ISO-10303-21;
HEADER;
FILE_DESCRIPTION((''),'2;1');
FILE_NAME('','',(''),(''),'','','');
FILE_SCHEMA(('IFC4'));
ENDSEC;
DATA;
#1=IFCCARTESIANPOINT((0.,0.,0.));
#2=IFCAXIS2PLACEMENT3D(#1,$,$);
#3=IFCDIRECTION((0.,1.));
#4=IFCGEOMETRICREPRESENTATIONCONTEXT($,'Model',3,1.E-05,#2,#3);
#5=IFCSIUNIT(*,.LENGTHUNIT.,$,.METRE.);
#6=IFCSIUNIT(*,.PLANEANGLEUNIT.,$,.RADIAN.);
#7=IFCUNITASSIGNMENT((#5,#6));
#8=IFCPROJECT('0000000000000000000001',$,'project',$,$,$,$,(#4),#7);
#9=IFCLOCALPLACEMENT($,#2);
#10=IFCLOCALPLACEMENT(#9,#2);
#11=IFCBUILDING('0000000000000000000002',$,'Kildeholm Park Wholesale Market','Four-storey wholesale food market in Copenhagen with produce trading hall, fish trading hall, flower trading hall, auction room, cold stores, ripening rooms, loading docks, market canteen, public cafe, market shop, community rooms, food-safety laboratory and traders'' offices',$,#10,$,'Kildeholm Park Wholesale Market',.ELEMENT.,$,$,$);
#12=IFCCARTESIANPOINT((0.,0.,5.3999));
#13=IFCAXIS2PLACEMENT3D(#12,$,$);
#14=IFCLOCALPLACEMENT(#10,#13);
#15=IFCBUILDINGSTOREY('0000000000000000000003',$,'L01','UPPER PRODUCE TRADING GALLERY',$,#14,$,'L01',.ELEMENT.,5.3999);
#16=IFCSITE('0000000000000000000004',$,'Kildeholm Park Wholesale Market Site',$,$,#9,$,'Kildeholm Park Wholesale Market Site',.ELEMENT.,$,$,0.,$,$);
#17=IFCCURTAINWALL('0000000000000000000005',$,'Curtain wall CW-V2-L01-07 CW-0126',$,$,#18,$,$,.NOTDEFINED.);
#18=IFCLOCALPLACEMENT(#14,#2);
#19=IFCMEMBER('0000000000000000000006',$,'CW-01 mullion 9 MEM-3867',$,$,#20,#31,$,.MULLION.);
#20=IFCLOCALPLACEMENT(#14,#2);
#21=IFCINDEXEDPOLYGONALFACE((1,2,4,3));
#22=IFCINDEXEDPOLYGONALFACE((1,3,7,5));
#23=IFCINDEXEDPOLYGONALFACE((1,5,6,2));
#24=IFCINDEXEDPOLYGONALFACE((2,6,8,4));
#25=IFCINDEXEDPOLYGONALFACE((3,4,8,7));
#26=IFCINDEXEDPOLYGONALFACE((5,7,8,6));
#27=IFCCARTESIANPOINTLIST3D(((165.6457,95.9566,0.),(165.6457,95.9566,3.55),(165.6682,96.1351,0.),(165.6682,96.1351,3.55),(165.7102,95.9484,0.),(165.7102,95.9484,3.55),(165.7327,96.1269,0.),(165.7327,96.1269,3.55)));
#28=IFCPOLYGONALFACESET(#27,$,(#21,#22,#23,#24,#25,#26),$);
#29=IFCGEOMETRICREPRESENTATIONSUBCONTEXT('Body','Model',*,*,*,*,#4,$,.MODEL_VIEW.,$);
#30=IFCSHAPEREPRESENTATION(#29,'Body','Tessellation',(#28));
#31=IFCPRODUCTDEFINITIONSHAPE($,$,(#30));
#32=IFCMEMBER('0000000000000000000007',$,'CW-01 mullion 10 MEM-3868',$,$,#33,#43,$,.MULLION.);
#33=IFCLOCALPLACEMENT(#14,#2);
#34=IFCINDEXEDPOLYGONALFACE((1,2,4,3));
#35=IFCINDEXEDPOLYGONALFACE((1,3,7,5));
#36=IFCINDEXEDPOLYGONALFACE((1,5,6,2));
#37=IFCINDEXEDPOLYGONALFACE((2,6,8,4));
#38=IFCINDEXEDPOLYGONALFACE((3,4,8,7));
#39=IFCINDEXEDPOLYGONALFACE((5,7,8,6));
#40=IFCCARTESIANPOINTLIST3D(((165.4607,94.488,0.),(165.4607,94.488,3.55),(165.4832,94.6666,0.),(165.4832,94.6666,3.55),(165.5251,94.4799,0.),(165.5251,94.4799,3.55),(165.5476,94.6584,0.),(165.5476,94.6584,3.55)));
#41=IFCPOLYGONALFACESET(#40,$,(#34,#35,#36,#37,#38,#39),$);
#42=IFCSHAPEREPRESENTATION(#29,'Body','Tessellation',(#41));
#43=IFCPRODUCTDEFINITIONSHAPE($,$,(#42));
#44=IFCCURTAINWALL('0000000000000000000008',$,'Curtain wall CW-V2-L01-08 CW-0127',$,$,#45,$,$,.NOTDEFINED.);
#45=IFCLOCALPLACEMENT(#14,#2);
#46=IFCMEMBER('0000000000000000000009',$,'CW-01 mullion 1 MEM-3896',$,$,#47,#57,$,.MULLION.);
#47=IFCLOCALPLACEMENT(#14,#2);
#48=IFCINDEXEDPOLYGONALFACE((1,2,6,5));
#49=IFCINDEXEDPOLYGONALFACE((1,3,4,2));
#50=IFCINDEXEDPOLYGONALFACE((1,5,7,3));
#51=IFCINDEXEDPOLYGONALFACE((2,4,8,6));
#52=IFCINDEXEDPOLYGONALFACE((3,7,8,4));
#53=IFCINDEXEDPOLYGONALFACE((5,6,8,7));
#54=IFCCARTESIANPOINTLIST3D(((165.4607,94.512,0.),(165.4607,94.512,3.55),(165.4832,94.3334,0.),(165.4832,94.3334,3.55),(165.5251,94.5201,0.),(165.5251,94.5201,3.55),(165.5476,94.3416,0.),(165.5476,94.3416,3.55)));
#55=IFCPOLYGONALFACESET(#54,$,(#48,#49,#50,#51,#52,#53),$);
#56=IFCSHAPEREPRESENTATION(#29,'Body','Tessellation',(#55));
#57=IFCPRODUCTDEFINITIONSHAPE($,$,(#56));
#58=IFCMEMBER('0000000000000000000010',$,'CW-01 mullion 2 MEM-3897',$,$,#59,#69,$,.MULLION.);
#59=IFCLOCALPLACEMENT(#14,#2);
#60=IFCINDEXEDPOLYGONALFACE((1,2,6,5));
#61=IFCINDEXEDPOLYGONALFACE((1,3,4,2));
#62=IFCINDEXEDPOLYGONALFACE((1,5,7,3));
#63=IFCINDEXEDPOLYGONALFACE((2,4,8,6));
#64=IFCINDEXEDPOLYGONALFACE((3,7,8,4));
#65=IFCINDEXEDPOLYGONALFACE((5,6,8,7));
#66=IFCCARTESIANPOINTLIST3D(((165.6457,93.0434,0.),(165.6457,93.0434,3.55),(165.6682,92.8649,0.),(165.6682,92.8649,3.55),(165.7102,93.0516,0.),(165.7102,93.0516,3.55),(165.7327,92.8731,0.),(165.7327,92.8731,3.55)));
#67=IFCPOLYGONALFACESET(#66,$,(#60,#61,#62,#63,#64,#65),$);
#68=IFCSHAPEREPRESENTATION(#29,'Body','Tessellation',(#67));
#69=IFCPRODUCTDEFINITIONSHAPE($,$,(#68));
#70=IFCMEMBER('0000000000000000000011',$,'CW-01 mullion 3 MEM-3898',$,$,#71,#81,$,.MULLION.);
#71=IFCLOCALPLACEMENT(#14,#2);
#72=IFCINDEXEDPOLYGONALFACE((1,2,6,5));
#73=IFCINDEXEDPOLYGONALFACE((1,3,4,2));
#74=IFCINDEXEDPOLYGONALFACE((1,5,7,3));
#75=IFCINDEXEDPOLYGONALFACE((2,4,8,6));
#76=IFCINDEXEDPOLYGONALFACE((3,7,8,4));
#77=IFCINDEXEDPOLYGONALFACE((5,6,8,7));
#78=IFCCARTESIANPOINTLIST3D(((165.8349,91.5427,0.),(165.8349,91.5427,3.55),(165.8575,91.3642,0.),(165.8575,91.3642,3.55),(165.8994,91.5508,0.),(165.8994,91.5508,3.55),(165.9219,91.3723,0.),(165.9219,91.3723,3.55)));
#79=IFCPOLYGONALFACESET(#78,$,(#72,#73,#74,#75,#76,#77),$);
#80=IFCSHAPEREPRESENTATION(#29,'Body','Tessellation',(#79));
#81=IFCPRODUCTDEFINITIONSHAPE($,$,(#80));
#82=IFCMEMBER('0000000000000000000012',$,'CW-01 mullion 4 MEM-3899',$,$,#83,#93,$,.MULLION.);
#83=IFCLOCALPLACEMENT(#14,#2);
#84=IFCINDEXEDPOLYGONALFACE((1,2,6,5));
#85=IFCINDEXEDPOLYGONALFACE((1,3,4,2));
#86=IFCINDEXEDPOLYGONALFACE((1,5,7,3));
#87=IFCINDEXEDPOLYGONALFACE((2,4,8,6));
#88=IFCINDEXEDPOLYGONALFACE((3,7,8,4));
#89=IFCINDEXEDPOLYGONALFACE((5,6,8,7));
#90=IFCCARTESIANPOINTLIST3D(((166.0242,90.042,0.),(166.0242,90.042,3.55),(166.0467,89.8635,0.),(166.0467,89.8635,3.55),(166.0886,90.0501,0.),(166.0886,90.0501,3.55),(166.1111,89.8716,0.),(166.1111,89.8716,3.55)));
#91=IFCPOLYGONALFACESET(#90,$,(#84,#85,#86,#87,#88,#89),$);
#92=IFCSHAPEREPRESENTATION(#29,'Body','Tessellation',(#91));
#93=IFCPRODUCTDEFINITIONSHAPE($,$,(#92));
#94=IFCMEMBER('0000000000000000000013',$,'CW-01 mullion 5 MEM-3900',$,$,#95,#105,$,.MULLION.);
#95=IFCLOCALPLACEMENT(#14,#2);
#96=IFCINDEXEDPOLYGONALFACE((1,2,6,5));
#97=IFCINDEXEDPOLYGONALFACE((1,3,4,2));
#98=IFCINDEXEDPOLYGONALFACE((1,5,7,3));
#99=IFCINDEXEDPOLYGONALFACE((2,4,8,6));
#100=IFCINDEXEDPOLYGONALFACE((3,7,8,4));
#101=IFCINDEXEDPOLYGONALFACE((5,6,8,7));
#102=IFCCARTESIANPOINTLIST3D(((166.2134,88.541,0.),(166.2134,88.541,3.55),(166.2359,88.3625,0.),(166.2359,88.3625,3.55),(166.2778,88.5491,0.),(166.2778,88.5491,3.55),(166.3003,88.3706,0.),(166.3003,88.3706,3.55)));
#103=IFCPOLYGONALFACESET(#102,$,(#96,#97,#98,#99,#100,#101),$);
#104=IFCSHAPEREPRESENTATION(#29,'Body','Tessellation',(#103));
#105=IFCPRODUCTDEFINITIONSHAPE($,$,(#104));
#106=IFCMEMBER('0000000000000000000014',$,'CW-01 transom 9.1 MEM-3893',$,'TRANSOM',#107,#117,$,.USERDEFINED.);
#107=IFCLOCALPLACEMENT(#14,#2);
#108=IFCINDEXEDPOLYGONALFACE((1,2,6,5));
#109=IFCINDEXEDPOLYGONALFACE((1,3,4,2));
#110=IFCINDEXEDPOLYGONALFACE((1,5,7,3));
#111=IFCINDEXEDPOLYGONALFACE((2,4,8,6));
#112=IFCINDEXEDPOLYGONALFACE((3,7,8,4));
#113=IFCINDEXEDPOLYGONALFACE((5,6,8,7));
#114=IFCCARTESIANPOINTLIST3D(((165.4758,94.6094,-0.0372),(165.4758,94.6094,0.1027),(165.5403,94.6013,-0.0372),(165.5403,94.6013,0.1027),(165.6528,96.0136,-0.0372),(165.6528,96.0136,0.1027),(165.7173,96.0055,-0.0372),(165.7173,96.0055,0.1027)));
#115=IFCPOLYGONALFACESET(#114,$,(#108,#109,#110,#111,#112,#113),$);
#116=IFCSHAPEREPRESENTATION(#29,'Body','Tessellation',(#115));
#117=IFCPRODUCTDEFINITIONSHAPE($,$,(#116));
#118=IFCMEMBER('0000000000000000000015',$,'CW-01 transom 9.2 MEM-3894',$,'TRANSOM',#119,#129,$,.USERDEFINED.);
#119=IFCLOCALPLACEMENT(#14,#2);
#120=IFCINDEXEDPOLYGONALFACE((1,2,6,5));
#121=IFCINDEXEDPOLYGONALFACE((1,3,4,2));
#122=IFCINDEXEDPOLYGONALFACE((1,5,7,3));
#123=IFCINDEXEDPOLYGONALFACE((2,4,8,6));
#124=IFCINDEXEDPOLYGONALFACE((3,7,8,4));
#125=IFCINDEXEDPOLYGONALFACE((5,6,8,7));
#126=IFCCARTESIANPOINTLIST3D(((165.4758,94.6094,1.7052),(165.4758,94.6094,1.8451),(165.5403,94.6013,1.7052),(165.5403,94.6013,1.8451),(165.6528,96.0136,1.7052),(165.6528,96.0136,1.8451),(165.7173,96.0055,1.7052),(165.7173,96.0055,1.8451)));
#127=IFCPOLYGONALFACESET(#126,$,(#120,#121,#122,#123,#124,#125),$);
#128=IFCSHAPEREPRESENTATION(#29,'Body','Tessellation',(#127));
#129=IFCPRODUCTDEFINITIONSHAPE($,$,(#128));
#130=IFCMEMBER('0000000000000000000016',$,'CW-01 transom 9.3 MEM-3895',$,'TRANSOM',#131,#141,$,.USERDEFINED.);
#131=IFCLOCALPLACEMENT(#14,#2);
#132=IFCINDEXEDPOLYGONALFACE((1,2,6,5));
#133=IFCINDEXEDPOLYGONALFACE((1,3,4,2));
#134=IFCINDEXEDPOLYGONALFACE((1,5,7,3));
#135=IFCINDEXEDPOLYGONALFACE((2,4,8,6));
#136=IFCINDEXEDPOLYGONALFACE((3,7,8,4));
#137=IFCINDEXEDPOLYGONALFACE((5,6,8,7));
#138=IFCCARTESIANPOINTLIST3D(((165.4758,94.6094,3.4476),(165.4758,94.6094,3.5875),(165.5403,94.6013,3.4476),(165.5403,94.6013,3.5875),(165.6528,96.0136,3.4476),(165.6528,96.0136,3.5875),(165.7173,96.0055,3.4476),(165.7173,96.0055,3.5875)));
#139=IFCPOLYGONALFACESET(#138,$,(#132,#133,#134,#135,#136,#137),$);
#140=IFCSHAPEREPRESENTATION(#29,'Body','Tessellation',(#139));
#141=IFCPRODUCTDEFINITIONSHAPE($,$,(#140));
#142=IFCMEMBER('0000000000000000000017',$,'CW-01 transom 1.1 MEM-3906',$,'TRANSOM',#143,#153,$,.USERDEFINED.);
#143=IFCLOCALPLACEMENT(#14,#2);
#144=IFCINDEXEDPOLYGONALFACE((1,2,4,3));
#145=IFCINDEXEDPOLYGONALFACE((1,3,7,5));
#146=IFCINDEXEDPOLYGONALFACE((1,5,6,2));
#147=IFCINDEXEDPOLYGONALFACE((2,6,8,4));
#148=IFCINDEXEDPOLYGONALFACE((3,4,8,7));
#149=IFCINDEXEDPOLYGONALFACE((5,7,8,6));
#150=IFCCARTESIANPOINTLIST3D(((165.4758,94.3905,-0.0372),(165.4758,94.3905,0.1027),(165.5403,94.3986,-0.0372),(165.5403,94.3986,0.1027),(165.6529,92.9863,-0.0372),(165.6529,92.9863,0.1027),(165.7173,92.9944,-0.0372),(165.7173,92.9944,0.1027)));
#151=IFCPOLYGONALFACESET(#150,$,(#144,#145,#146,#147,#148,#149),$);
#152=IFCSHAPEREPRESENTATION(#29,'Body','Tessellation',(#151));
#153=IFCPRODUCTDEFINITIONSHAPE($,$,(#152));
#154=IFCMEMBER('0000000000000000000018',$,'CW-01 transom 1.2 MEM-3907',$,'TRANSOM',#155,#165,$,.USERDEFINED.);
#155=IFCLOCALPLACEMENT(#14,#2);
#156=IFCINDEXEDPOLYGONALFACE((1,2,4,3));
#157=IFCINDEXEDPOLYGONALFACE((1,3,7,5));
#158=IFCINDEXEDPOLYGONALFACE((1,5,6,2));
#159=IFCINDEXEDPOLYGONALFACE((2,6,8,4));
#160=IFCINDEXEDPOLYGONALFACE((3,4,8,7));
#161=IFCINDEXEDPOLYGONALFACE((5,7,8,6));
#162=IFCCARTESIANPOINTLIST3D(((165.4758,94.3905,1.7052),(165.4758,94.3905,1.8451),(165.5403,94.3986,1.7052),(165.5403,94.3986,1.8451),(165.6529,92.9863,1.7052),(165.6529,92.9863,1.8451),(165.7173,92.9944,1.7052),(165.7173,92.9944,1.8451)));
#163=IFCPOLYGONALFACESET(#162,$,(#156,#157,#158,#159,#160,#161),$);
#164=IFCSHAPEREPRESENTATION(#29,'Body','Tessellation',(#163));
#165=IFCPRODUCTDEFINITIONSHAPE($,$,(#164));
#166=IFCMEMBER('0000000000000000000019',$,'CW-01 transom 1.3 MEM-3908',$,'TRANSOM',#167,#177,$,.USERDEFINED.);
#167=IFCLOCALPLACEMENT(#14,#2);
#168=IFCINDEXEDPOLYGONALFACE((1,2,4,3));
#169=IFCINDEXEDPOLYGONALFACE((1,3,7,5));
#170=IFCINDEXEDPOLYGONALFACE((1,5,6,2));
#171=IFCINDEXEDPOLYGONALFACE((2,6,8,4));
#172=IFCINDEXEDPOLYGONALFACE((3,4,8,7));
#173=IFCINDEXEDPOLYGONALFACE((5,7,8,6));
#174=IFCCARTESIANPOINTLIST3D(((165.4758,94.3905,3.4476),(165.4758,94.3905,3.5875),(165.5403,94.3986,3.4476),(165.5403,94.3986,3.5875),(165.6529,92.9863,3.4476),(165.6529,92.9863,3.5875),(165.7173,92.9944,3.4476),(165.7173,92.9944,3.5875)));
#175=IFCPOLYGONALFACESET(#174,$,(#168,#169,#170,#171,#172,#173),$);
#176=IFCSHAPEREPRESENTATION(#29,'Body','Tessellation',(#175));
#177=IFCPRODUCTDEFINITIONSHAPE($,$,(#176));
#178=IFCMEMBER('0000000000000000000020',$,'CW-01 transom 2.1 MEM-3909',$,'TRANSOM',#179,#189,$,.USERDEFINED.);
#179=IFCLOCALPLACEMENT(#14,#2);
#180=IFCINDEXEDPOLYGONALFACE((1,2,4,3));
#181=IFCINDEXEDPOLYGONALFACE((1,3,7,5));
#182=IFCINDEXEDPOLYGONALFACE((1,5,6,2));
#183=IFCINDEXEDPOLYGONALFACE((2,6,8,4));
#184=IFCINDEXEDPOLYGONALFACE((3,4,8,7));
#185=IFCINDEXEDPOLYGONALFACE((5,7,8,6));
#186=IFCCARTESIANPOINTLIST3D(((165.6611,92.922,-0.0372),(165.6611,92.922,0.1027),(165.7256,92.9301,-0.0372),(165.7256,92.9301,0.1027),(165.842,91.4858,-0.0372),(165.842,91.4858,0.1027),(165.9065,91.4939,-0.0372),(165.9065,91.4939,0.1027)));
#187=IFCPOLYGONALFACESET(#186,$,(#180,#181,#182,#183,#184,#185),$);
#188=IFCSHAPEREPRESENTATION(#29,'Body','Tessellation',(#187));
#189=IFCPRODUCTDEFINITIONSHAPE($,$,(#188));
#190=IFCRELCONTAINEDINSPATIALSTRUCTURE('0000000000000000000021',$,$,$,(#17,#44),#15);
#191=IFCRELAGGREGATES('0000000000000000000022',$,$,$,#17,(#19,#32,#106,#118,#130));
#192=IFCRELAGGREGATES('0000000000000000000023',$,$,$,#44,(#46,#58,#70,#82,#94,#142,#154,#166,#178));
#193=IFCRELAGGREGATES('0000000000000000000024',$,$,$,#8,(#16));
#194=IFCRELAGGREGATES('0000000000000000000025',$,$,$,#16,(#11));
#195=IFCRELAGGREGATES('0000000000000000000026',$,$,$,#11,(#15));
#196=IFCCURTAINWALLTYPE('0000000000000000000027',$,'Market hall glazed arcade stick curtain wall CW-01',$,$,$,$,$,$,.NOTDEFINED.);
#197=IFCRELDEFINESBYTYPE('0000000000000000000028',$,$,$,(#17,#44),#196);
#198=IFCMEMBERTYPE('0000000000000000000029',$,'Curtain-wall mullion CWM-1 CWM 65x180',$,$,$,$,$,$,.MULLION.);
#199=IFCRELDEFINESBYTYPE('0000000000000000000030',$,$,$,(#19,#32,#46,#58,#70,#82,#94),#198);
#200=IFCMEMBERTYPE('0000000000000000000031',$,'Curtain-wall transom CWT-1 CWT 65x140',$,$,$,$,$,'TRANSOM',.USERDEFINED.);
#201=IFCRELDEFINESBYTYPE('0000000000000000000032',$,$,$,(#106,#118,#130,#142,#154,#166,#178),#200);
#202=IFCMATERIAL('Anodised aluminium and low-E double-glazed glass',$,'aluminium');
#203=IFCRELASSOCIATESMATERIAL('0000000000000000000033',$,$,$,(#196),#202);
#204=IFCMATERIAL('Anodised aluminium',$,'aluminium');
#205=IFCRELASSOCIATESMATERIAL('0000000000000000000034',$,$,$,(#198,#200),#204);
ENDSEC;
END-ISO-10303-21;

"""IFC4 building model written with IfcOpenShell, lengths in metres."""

from ifc_helpers import new_model, si_unit, direction, frame, origin, origin_2d, place, context, subcontext, project, spatial, rectangle, extrude, material, material_profile, profile_set, type_object, element, aggregate, save


model = new_model("IFC4")

# Units and contexts
model_context = context("Model", 3, precision=1e-05, world=origin(), true_north=direction((0.0, 1.0)))
body_context = subcontext(model_context, "Body", "Model", "MODEL_VIEW")
ifc_project = project(units=[si_unit("LENGTHUNIT", "METRE"), si_unit("PLANEANGLEUNIT", "RADIAN")], contexts=[model_context])

# Site, building, storey
site_placement = place(None, origin())
site = spatial("IfcSite", under=ifc_project, at=site_placement, Name="Kildeholm Park Wholesale Market Site", LongName="Kildeholm Park Wholesale Market Site", CompositionType="ELEMENT", RefElevation=0.0)
building_placement = place(site_placement, origin())
building = spatial("IfcBuilding", under=site, at=building_placement, Name="Kildeholm Park Wholesale Market", Description="Four-storey wholesale food market in Copenhagen with produce trading hall, fish trading hall, flower trading hall, auction room, cold stores, ripening rooms, loading docks, market canteen, public cafe, market shop, community rooms, food-safety laboratory and traders' offices", LongName="Kildeholm Park Wholesale Market", CompositionType="ELEMENT")
storey_placement = place(building_placement, frame((0.0, 0.0, 5.3999)))
storey = spatial("IfcBuildingStorey", under=building, at=storey_placement, Name="L01", Description="UPPER PRODUCE TRADING GALLERY", LongName="L01", CompositionType="ELEMENT", Elevation=5.3999)

# Curtain walls, members
ifc_material_1 = material(Name="Anodised aluminium and low-E double-glazed glass", Category="aluminium")
curtain_wall_type = type_object("IfcCurtainWallType", Name="Market hall glazed arcade stick curtain wall CW-01", PredefinedType="NOTDEFINED", material=ifc_material_1)
curtain_wall_1_placement = place(storey_placement, origin())
curtain_wall_1 = element("IfcCurtainWall", 1, at=curtain_wall_1_placement, inside=storey, type_object=curtain_wall_type, Name="Curtain wall CW-V2-L01-07 CW-0126", PredefinedType="NOTDEFINED")
ifc_material_2 = material(Name="Anodised aluminium", Category="aluminium")
ifc_material_profile_1 = material_profile(ifc_material_2, rectangle(XDim=0.0649, YDim=0.1799, at=origin_2d()), Name="CWM 65x180")
ifc_profile_set_1 = profile_set([ifc_material_profile_1], Name="Anodised aluminium")
member_type_1 = type_object("IfcMemberType", Name="Curtain-wall mullion CWM-1 CWM 65x180", PredefinedType="MULLION", material=ifc_profile_set_1)
member_1_placement = place(storey_placement, frame((165.6892, 96.0417, 0.0), z_axis=(0.0, 0.0, 1.0), x_axis=(0.992145, -0.125092, 0.0)))
member_1 = element("IfcMember", 2, at=member_1_placement, type_object=member_type_1, Name="CW-01 mullion 9 MEM-3867", PredefinedType="MULLION", context=body_context, shape_type="SweptSolid", body=[
    extrude(rectangle(XDim=0.0649, YDim=0.1799, at=origin_2d()), origin(), (0.0, 0.0, 1.0), 3.55),
])
member_2_placement = place(storey_placement, frame((165.5042, 94.5732, 0.0), z_axis=(0.0, 0.0, 1.0), x_axis=(0.992145, -0.125092, 0.0)))
member_2 = element("IfcMember", 3, at=member_2_placement, type_object=member_type_1, Name="CW-01 mullion 10 MEM-3868", PredefinedType="MULLION", context=body_context, shape_type="SweptSolid", body=[
    extrude(rectangle(XDim=0.0649, YDim=0.1799, at=origin_2d()), origin(), (0.0, 0.0, 1.0), 3.55),
])
curtain_wall_2_placement = place(storey_placement, origin())
curtain_wall_2 = element("IfcCurtainWall", 4, at=curtain_wall_2_placement, inside=storey, type_object=curtain_wall_type, Name="Curtain wall CW-V2-L01-08 CW-0127", PredefinedType="NOTDEFINED")
member_3_placement = place(storey_placement, frame((165.5042, 94.4268, 0.0), z_axis=(0.0, 0.0, 1.0), x_axis=(0.992145, 0.125092, 0.0)))
member_3 = element("IfcMember", 5, at=member_3_placement, type_object=member_type_1, Name="CW-01 mullion 1 MEM-3896", PredefinedType="MULLION", context=body_context, shape_type="SweptSolid", body=[
    extrude(rectangle(XDim=0.0649, YDim=0.1799, at=origin_2d()), origin(), (0.0, 0.0, 1.0), 3.55),
])
member_4_placement = place(storey_placement, frame((165.6892, 92.9583, 0.0), z_axis=(0.0, 0.0, 1.0), x_axis=(0.992145, 0.125092, 0.0)))
member_4 = element("IfcMember", 6, at=member_4_placement, type_object=member_type_1, Name="CW-01 mullion 2 MEM-3897", PredefinedType="MULLION", context=body_context, shape_type="SweptSolid", body=[
    extrude(rectangle(XDim=0.0649, YDim=0.1799, at=origin_2d()), origin(), (0.0, 0.0, 1.0), 3.55),
])
member_5_placement = place(storey_placement, frame((165.8784, 91.4575, 0.0), z_axis=(0.0, 0.0, 1.0), x_axis=(0.992145, 0.125092, 0.0)))
member_5 = element("IfcMember", 7, at=member_5_placement, type_object=member_type_1, Name="CW-01 mullion 3 MEM-3898", PredefinedType="MULLION", context=body_context, shape_type="SweptSolid", body=[
    extrude(rectangle(XDim=0.0649, YDim=0.1799, at=origin_2d()), origin(), (0.0, 0.0, 1.0), 3.55),
])
member_6_placement = place(storey_placement, frame((166.0676, 89.9568, 0.0), z_axis=(0.0, 0.0, 1.0), x_axis=(0.992145, 0.125092, 0.0)))
member_6 = element("IfcMember", 8, at=member_6_placement, type_object=member_type_1, Name="CW-01 mullion 4 MEM-3899", PredefinedType="MULLION", context=body_context, shape_type="SweptSolid", body=[
    extrude(rectangle(XDim=0.0649, YDim=0.1799, at=origin_2d()), origin(), (0.0, 0.0, 1.0), 3.55),
])
member_7_placement = place(storey_placement, frame((166.2568, 88.4558, 0.0), z_axis=(0.0, 0.0, 1.0), x_axis=(0.992145, 0.125092, 0.0)))
member_7 = element("IfcMember", 9, at=member_7_placement, type_object=member_type_1, Name="CW-01 mullion 5 MEM-3900", PredefinedType="MULLION", context=body_context, shape_type="SweptSolid", body=[
    extrude(rectangle(XDim=0.0649, YDim=0.1799, at=origin_2d()), origin(), (0.0, 0.0, 1.0), 3.55),
])

# Members
ifc_material_profile_2 = material_profile(ifc_material_2, rectangle(XDim=0.0649, YDim=0.1399, at=origin_2d()), Name="CWT 65x140")
ifc_profile_set_2 = profile_set([ifc_material_profile_2], Name="Anodised aluminium")
member_type_2 = type_object("IfcMemberType", Name="Curtain-wall transom CWT-1 CWT 65x140", ElementType="TRANSOM", PredefinedType="USERDEFINED", material=ifc_profile_set_2)
member_8_placement = place(storey_placement, frame((165.6851, 96.0095, 0.0327), z_axis=(-0.125075, -0.992147, 0.0), x_axis=(0.992147, -0.125075, 0.0)))
member_8 = element("IfcMember", 10, at=member_8_placement, type_object=member_type_2, Name="CW-01 transom 9.1 MEM-3893", ObjectType="TRANSOM", PredefinedType="USERDEFINED", context=body_context, shape_type="SweptSolid", body=[
    extrude(rectangle(XDim=0.0649, YDim=0.1399, at=origin_2d()), origin(), (0.0, 0.0, 1.0), 1.4153),
])
member_9_placement = place(storey_placement, frame((165.6851, 96.0095, 1.7751), z_axis=(-0.125075, -0.992147, 0.0), x_axis=(0.992147, -0.125075, 0.0)))
member_9 = element("IfcMember", 11, at=member_9_placement, type_object=member_type_2, Name="CW-01 transom 9.2 MEM-3894", ObjectType="TRANSOM", PredefinedType="USERDEFINED", context=body_context, shape_type="SweptSolid", body=[
    extrude(rectangle(XDim=0.0649, YDim=0.1399, at=origin_2d()), origin(), (0.0, 0.0, 1.0), 1.4153),
])
member_10_placement = place(storey_placement, frame((165.6851, 96.0095, 3.5176), z_axis=(-0.125075, -0.992147, 0.0), x_axis=(0.992147, -0.125075, 0.0)))
member_10 = element("IfcMember", 12, at=member_10_placement, type_object=member_type_2, Name="CW-01 transom 9.3 MEM-3895", ObjectType="TRANSOM", PredefinedType="USERDEFINED", context=body_context, shape_type="SweptSolid", body=[
    extrude(rectangle(XDim=0.0649, YDim=0.1399, at=origin_2d()), origin(), (0.0, 0.0, 1.0), 1.4153),
])
member_11_placement = place(storey_placement, frame((165.5081, 94.3945, 0.0327), z_axis=(0.125075, -0.992147, 0.0), x_axis=(0.992147, 0.125075, 0.0)))
member_11 = element("IfcMember", 13, at=member_11_placement, type_object=member_type_2, Name="CW-01 transom 1.1 MEM-3906", ObjectType="TRANSOM", PredefinedType="USERDEFINED", context=body_context, shape_type="SweptSolid", body=[
    extrude(rectangle(XDim=0.0649, YDim=0.1399, at=origin_2d()), origin(), (0.0, 0.0, 1.0), 1.4153),
])
member_12_placement = place(storey_placement, frame((165.5081, 94.3945, 1.7751), z_axis=(0.125075, -0.992147, 0.0), x_axis=(0.992147, 0.125075, 0.0)))
member_12 = element("IfcMember", 14, at=member_12_placement, type_object=member_type_2, Name="CW-01 transom 1.2 MEM-3907", ObjectType="TRANSOM", PredefinedType="USERDEFINED", context=body_context, shape_type="SweptSolid", body=[
    extrude(rectangle(XDim=0.0649, YDim=0.1399, at=origin_2d()), origin(), (0.0, 0.0, 1.0), 1.4153),
])
member_13_placement = place(storey_placement, frame((165.5081, 94.3945, 3.5176), z_axis=(0.125075, -0.992147, 0.0), x_axis=(0.992147, 0.125075, 0.0)))
member_13 = element("IfcMember", 15, at=member_13_placement, type_object=member_type_2, Name="CW-01 transom 1.3 MEM-3908", ObjectType="TRANSOM", PredefinedType="USERDEFINED", context=body_context, shape_type="SweptSolid", body=[
    extrude(rectangle(XDim=0.0649, YDim=0.1399, at=origin_2d()), origin(), (0.0, 0.0, 1.0), 1.4153),
])
member_14_placement = place(storey_placement, frame((165.6934, 92.926, 0.0327), z_axis=(0.124969, -0.992161, 0.0), x_axis=(0.992161, 0.124969, 0.0)))
member_14 = element("IfcMember", 16, at=member_14_placement, type_object=member_type_2, Name="CW-01 transom 2.1 MEM-3909", ObjectType="TRANSOM", PredefinedType="USERDEFINED", context=body_context, shape_type="SweptSolid", body=[
    extrude(rectangle(XDim=0.0649, YDim=0.1399, at=origin_2d()), origin(), (0.0, 0.0, 1.0), 1.4475),
])

aggregate(curtain_wall_1, [member_1, member_2, member_8, member_9, member_10])
aggregate(curtain_wall_2, [member_3, member_4, member_5, member_6, member_7, member_11, member_12, member_13, member_14])

save(model, "model.ifc")
